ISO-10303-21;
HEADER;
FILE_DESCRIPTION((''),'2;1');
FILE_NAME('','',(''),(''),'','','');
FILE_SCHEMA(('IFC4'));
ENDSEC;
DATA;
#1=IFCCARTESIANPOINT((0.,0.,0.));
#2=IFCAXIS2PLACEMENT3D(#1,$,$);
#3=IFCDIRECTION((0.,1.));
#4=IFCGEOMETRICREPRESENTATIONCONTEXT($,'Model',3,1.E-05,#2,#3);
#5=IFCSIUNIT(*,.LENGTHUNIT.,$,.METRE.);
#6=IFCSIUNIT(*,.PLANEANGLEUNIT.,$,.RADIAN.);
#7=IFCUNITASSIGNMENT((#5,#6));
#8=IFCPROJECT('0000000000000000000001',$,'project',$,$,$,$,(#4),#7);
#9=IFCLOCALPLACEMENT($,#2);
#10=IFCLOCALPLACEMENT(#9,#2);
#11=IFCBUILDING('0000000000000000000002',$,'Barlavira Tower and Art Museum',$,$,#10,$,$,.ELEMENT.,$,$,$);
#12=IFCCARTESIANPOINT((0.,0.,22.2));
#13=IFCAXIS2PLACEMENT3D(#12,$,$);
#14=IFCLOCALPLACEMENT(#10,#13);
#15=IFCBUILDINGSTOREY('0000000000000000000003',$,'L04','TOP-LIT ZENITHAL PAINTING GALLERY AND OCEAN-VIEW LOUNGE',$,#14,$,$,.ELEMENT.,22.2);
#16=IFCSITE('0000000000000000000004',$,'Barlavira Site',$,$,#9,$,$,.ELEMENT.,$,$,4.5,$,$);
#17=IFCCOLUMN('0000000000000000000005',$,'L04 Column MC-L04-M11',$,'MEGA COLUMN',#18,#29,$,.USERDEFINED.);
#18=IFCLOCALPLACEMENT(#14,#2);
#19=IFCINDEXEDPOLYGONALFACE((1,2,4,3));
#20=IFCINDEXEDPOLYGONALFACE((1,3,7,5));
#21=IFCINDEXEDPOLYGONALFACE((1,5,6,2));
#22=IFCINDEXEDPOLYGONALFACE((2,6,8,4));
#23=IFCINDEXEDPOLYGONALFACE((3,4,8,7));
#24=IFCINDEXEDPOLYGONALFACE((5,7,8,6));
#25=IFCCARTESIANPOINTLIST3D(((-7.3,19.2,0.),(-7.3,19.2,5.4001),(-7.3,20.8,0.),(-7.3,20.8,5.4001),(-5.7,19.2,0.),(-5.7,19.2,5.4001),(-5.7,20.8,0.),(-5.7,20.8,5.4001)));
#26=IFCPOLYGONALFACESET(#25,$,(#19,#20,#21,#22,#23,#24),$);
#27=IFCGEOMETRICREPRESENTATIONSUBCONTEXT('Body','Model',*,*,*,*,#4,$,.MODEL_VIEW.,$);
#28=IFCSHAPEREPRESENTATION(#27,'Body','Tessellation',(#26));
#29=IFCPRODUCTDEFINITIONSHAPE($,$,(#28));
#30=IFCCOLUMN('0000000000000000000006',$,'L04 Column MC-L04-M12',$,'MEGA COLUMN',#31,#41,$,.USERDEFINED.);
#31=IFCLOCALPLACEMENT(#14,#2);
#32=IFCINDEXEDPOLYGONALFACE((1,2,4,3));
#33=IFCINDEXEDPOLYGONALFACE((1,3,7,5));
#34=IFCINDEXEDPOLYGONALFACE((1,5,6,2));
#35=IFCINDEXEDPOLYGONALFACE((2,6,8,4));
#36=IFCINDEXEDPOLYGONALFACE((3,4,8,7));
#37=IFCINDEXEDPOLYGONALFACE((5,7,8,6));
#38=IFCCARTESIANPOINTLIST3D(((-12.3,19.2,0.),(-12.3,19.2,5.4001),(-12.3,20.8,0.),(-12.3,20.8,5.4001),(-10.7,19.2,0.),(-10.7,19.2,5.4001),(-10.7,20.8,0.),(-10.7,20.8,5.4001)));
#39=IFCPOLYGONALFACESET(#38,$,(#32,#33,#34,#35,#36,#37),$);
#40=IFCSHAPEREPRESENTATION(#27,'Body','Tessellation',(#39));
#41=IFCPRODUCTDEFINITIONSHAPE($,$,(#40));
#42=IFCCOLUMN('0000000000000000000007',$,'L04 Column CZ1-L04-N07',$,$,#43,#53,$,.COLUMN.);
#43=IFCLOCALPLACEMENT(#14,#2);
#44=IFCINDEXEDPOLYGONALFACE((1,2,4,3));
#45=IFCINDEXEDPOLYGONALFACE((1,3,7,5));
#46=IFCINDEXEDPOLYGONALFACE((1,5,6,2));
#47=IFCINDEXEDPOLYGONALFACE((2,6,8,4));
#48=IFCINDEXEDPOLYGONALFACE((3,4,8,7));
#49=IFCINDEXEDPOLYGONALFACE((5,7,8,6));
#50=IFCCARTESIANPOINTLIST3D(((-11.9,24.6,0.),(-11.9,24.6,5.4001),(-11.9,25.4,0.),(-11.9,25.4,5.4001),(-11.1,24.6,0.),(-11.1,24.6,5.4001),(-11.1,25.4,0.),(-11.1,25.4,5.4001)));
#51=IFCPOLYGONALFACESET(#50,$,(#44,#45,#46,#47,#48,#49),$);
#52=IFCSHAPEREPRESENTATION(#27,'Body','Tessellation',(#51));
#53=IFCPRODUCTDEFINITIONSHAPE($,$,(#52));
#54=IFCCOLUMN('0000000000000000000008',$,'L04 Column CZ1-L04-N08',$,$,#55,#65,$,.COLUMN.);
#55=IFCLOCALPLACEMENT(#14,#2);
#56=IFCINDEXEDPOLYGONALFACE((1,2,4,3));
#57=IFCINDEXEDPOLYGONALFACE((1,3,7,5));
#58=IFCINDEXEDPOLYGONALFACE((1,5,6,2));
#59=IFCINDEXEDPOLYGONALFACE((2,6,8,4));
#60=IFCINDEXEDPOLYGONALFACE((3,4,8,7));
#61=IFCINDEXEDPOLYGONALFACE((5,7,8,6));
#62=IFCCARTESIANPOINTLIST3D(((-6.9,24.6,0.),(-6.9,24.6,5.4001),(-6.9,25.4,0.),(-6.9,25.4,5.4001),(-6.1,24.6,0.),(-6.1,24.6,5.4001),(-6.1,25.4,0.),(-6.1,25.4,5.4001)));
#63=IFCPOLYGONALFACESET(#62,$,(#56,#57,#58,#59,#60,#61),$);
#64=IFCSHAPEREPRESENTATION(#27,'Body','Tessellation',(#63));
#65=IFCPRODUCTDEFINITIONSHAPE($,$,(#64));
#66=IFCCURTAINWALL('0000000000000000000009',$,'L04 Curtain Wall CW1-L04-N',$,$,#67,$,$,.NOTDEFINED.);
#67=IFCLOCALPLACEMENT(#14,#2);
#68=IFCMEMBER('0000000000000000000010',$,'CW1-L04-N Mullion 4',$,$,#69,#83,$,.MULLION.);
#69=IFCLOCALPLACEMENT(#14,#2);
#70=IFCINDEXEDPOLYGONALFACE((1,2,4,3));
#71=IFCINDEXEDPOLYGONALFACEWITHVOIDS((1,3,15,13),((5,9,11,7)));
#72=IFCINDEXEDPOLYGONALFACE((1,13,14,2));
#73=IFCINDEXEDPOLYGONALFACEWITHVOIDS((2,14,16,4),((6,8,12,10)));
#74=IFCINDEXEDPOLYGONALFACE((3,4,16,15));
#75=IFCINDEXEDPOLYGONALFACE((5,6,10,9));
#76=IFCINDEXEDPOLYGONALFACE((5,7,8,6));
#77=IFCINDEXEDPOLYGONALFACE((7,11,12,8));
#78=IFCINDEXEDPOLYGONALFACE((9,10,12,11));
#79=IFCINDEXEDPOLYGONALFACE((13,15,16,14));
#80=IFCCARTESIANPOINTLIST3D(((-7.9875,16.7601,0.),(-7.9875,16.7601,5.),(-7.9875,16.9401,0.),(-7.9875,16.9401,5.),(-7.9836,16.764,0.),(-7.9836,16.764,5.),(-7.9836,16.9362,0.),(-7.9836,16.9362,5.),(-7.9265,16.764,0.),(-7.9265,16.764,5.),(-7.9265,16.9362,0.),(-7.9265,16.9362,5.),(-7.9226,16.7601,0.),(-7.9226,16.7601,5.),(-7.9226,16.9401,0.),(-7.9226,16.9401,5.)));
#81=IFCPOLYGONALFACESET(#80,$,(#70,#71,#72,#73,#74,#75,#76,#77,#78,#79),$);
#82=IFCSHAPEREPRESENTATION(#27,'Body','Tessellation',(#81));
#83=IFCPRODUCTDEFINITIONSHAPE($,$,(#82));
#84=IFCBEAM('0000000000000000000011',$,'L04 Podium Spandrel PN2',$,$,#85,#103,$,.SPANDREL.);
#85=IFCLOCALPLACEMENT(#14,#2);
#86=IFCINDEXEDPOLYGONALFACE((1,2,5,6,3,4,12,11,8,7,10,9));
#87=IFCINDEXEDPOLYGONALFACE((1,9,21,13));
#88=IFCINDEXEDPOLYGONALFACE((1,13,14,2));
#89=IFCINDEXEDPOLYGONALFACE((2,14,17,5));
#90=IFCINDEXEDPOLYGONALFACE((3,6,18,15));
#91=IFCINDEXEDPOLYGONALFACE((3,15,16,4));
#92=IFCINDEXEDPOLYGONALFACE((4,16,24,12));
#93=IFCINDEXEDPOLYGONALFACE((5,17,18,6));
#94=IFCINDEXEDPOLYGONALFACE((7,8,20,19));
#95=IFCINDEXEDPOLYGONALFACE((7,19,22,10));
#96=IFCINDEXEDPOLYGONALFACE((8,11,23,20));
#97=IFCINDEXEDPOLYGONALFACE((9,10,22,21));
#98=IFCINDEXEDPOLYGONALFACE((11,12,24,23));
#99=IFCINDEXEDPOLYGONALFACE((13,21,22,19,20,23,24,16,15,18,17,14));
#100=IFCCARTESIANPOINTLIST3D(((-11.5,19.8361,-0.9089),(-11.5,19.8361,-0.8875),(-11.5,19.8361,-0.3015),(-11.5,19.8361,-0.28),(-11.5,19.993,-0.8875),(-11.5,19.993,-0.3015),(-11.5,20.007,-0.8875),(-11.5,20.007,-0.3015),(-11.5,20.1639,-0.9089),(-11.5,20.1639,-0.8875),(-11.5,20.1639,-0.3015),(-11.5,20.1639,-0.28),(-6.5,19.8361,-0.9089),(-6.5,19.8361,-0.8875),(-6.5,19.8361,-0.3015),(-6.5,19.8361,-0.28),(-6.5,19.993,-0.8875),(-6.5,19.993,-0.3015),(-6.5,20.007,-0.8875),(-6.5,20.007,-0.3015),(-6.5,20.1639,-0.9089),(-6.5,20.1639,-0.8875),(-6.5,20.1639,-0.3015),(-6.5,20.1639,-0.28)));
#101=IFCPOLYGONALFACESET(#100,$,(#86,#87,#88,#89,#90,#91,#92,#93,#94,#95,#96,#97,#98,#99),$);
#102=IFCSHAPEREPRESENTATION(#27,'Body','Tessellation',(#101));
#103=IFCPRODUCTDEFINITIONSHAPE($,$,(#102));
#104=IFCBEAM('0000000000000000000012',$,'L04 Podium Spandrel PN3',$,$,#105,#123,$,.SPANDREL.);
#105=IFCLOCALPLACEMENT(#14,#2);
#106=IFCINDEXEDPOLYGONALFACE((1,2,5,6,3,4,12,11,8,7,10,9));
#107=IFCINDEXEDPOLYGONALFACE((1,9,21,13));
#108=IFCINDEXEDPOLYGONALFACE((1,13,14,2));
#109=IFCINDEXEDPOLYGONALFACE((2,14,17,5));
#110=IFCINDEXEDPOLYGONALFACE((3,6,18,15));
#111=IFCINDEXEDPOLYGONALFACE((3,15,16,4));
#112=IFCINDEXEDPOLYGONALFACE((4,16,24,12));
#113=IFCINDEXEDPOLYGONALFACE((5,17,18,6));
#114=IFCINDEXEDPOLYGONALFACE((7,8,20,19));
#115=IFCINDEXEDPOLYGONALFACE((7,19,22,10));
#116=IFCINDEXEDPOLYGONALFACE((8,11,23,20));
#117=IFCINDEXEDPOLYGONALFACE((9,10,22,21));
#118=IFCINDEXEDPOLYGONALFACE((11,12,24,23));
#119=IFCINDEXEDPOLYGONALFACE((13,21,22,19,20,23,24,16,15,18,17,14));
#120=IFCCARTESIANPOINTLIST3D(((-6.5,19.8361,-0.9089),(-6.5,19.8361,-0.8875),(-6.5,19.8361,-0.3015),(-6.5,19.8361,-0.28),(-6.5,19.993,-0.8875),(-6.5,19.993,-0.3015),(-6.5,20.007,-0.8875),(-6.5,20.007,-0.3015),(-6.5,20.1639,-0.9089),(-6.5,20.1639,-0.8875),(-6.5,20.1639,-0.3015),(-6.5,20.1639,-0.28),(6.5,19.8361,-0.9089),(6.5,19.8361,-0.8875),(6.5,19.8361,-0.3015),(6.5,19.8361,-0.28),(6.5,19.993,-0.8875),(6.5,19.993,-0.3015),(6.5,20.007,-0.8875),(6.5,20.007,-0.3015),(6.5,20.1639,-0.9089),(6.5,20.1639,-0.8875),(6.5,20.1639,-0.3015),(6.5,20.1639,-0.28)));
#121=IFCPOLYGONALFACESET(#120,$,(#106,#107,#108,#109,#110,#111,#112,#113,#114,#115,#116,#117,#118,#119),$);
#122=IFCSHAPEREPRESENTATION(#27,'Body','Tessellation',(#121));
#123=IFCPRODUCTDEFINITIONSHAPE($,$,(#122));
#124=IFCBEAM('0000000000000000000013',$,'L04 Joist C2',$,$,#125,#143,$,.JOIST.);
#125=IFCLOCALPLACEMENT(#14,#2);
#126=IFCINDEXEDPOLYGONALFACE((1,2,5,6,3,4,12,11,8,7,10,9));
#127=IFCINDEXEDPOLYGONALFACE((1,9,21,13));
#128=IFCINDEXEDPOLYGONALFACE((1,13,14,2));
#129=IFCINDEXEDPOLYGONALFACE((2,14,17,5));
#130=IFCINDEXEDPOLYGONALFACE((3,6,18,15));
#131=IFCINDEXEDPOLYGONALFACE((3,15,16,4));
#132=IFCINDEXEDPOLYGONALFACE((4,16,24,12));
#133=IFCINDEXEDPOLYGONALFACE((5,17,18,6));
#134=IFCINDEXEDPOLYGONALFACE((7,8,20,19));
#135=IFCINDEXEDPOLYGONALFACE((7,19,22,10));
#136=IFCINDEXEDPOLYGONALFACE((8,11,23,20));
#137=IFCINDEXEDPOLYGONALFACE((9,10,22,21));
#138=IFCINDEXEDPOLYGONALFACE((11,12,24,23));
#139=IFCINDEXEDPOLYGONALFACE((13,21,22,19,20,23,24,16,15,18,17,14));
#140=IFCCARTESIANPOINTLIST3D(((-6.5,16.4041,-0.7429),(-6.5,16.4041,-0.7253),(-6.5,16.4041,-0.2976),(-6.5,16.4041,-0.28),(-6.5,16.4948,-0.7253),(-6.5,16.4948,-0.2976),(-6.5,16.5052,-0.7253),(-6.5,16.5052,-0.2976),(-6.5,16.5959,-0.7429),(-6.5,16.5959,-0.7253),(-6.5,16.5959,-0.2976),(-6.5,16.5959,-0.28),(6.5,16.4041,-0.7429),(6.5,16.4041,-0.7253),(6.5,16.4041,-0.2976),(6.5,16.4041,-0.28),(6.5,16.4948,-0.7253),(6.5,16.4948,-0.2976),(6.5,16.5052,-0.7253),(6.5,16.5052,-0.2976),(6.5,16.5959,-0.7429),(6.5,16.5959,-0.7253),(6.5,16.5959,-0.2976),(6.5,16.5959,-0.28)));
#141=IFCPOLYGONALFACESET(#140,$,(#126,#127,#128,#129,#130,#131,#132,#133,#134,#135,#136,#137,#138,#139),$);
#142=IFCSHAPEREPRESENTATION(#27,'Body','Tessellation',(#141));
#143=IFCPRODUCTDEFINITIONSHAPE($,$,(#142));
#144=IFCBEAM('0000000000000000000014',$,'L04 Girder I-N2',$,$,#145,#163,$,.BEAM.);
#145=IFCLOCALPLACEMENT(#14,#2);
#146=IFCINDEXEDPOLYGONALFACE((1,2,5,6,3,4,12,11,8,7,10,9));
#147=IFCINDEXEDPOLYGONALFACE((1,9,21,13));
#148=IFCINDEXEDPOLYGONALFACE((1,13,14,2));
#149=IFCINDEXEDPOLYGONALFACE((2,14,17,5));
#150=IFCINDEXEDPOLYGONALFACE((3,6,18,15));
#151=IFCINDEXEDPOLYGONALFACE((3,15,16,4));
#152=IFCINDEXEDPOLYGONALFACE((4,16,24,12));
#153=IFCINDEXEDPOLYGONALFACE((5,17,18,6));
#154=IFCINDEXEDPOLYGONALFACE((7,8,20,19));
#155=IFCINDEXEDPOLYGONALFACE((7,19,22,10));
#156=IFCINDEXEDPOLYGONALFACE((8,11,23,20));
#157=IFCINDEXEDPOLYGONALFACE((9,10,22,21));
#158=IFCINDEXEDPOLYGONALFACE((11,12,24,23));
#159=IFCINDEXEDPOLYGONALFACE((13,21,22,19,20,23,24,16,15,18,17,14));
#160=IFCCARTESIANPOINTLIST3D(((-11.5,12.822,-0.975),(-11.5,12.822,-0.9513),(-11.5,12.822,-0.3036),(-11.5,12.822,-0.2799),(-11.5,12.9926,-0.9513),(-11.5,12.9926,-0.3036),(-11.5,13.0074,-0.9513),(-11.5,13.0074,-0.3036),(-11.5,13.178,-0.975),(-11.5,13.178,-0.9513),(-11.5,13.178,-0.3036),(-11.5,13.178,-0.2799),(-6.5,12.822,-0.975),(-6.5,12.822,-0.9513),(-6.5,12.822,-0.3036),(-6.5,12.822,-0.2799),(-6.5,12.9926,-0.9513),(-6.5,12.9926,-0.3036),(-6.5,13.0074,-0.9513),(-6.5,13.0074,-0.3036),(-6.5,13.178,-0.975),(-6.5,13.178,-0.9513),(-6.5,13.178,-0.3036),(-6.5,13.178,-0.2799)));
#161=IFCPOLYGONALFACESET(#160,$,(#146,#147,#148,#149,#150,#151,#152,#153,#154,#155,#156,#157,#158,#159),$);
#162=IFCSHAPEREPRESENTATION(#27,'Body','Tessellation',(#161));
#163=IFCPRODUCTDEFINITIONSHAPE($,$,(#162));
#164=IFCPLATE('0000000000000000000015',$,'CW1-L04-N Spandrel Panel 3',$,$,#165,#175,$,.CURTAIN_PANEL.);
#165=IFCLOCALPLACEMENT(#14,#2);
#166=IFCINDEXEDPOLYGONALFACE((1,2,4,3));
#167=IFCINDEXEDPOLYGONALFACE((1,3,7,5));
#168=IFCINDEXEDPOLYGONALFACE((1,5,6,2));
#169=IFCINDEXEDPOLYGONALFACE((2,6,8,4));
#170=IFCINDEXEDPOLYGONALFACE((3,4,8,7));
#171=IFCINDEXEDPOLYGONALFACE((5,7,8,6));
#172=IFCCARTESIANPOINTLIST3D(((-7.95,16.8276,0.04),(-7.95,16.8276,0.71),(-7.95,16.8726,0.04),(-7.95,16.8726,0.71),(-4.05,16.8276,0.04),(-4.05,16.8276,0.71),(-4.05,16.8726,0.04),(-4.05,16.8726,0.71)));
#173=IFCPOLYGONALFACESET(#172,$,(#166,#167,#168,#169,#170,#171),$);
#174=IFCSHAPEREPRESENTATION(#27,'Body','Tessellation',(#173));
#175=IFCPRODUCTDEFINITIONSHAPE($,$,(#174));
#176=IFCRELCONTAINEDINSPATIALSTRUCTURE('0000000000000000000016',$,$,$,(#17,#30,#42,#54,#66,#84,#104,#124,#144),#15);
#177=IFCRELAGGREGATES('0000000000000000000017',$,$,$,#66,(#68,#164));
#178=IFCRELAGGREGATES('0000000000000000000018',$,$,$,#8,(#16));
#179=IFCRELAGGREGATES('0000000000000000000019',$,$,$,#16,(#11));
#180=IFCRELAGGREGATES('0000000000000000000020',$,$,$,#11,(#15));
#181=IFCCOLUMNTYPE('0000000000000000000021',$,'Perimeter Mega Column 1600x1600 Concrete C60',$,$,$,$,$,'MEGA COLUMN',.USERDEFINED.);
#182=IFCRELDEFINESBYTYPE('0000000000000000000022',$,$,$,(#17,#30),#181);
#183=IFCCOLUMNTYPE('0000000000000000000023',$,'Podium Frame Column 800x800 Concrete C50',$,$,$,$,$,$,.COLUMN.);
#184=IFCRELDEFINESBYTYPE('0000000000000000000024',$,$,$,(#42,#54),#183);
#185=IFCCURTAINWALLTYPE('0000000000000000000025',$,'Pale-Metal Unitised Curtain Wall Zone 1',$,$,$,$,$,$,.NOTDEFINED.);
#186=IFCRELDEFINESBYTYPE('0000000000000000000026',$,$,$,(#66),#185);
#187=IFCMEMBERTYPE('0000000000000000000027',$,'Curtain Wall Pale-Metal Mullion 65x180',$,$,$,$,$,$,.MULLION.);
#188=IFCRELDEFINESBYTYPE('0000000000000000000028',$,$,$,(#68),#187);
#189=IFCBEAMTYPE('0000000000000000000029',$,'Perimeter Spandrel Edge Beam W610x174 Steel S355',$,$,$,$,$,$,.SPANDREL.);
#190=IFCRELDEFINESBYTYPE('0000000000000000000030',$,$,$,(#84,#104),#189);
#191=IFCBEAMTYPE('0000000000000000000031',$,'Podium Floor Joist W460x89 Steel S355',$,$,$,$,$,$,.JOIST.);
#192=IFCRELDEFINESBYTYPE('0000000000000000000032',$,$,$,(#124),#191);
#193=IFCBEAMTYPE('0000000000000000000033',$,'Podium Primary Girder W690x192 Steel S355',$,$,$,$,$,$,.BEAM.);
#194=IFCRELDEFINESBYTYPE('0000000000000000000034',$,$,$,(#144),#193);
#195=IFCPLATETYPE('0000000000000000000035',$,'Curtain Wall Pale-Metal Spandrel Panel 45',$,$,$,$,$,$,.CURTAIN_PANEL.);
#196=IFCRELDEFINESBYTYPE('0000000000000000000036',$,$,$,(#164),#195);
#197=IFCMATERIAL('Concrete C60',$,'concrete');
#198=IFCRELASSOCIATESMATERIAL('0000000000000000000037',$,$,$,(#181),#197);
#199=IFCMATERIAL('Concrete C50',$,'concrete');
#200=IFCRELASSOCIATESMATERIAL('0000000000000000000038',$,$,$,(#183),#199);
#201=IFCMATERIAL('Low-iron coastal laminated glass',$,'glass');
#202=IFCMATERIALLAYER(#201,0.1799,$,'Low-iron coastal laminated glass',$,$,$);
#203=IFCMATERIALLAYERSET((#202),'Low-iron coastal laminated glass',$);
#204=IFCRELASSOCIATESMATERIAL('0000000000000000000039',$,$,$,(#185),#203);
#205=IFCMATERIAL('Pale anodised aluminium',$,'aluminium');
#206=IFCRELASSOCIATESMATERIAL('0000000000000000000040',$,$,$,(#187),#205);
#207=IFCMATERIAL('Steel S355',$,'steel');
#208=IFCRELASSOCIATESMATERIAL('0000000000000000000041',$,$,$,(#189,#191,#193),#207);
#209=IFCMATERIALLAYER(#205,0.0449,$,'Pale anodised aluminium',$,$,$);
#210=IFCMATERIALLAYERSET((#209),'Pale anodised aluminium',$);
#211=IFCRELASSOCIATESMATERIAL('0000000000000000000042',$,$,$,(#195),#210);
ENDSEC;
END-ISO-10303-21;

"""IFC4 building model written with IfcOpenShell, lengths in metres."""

from ifc_helpers import new_model, si_unit, direction, frame, origin, origin_2d, place, context, subcontext, project, spatial, rectangle, hollow_rectangle, i_section, extrude, material, layer, layer_set, material_profile, profile_set, type_object, element, aggregate, save


model = new_model("IFC4")

# Units and contexts
model_context = context("Model", 3, precision=1e-05, world=origin(), true_north=direction((0.0, 1.0)))
body_context = subcontext(model_context, "Body", "Model", "MODEL_VIEW")
ifc_project = project(units=[si_unit("LENGTHUNIT", "METRE"), si_unit("PLANEANGLEUNIT", "RADIAN")], contexts=[model_context])

# Site, building, storey
site_placement = place(None, origin())
site = spatial("IfcSite", under=ifc_project, at=site_placement, Name="Barlavira Site", CompositionType="ELEMENT", RefElevation=4.5)
building_placement = place(site_placement, origin())
building = spatial("IfcBuilding", under=site, at=building_placement, Name="Barlavira Tower and Art Museum", CompositionType="ELEMENT")
storey_placement = place(building_placement, frame((0.0, 0.0, 22.2)))
storey = spatial("IfcBuildingStorey", under=building, at=storey_placement, Name="L04", Description="TOP-LIT ZENITHAL PAINTING GALLERY AND OCEAN-VIEW LOUNGE", CompositionType="ELEMENT", Elevation=22.2)

# Columns
ifc_material_1 = material(Name="Concrete C60", Category="concrete")
ifc_material_profile_1 = material_profile(ifc_material_1, rectangle(XDim=1.6001, YDim=1.6001, at=origin_2d()), Name="RC-MCOL 1600x1600")
ifc_profile_set_1 = profile_set([ifc_material_profile_1], Name="Concrete C60")
column_type_1 = type_object("IfcColumnType", Name="Perimeter Mega Column 1600x1600 Concrete C60", ElementType="MEGA COLUMN", PredefinedType="USERDEFINED", material=ifc_profile_set_1)
for number, where, z_axis, x_axis, name in (
    (1, (-6.5, 20.0, 0.0), (0.0, 0.0, 1.0), (1.0, 0.0, 0.0), "L04 Column MC-L04-M11"),
    (2, (-11.5, 20.0, 0.0), (0.0, 0.0, 1.0), (1.0, 0.0, 0.0), "L04 Column MC-L04-M12"),
):
    element("IfcColumn", number, at=place(storey_placement, frame(where, z_axis=z_axis, x_axis=x_axis)), inside=storey, type_object=column_type_1, Name=name, ObjectType="MEGA COLUMN", PredefinedType="USERDEFINED", context=body_context, shape_type="SweptSolid", body=[
        extrude(rectangle(XDim=1.6001, YDim=1.6001, at=origin_2d()), origin(), (0.0, 0.0, 1.0), 5.4001),
    ])
ifc_material_2 = material(Name="Concrete C50", Category="concrete")
ifc_material_profile_2 = material_profile(ifc_material_2, rectangle(XDim=0.8, YDim=0.8, at=origin_2d()), Name="RC-COL 800x800")
ifc_profile_set_2 = profile_set([ifc_material_profile_2], Name="Concrete C50")
column_type_2 = type_object("IfcColumnType", Name="Podium Frame Column 800x800 Concrete C50", PredefinedType="COLUMN", material=ifc_profile_set_2)
for number, where, z_axis, x_axis, name in (
    (3, (-11.5, 25.0, 0.0), (0.0, 0.0, 1.0), (1.0, 0.0, 0.0), "L04 Column CZ1-L04-N07"),
    (4, (-6.5, 25.0, 0.0), (0.0, 0.0, 1.0), (1.0, 0.0, 0.0), "L04 Column CZ1-L04-N08"),
):
    element("IfcColumn", number, at=place(storey_placement, frame(where, z_axis=z_axis, x_axis=x_axis)), inside=storey, type_object=column_type_2, Name=name, PredefinedType="COLUMN", context=body_context, shape_type="SweptSolid", body=[
        extrude(rectangle(XDim=0.8, YDim=0.8, at=origin_2d()), origin(), (0.0, 0.0, 1.0), 5.4001),
    ])

# Curtain wall, member
ifc_material_3 = material(Name="Low-iron coastal laminated glass", Category="glass")
ifc_layer_1 = layer(ifc_material_3, 0.1799, Name="Low-iron coastal laminated glass")
ifc_layer_set_1 = layer_set([ifc_layer_1], Name="Low-iron coastal laminated glass")
curtain_wall_type = type_object("IfcCurtainWallType", Name="Pale-Metal Unitised Curtain Wall Zone 1", PredefinedType="NOTDEFINED", material=ifc_layer_set_1)
curtain_wall_placement = place(storey_placement, origin())
curtain_wall = element("IfcCurtainWall", 5, at=curtain_wall_placement, inside=storey, type_object=curtain_wall_type, Name="L04 Curtain Wall CW1-L04-N", PredefinedType="NOTDEFINED")
ifc_material_4 = material(Name="Pale anodised aluminium", Category="aluminium")
ifc_material_profile_3 = material_profile(ifc_material_4, hollow_rectangle(XDim=0.0649, YDim=0.1799, WallThickness=0.0039, at=origin_2d()), Name="ALU-MULL 65x180x4")
ifc_profile_set_3 = profile_set([ifc_material_profile_3], Name="Pale anodised aluminium")
member_type = type_object("IfcMemberType", Name="Curtain Wall Pale-Metal Mullion 65x180", PredefinedType="MULLION", material=ifc_profile_set_3)
member_placement = place(storey_placement, frame((-7.9551, 16.8501, 0.0), z_axis=(0.0, 0.0, 1.0), x_axis=(-1.0, 0.0, 0.0)))
member = element("IfcMember", 6, at=member_placement, type_object=member_type, Name="CW1-L04-N Mullion 4", PredefinedType="MULLION", context=body_context, shape_type="SweptSolid", body=[
    extrude(hollow_rectangle(XDim=0.0649, YDim=0.1799, WallThickness=0.0039, at=origin_2d()), origin(), (0.0, 0.0, 1.0), 5.0),
])

# Beams
ifc_material_5 = material(Name="Steel S355", Category="steel")
ifc_material_profile_4 = material_profile(ifc_material_5, i_section(OverallWidth=0.3279, OverallDepth=0.6289, WebThickness=0.0139, FlangeThickness=0.0215, at=origin_2d()), Name="W610x174.0")
ifc_profile_set_4 = profile_set([ifc_material_profile_4], Name="Steel S355")
beam_type_1 = type_object("IfcBeamType", Name="Perimeter Spandrel Edge Beam W610x174 Steel S355", PredefinedType="SPANDREL", material=ifc_profile_set_4)
beam_1_placement = place(storey_placement, frame((-11.5, 20.0, -0.5945), z_axis=(1.0, 0.0, 0.0), x_axis=(0.0, 1.0, 0.0)))
element("IfcBeam", 7, at=beam_1_placement, inside=storey, type_object=beam_type_1, Name="L04 Podium Spandrel PN2", PredefinedType="SPANDREL", context=body_context, shape_type="SweptSolid", body=[
    extrude(i_section(OverallWidth=0.3279, OverallDepth=0.6289, WebThickness=0.0139, FlangeThickness=0.0215, at=origin_2d()), origin(), (0.0, 0.0, 1.0), 5.0),
])
beam_2_placement = place(storey_placement, frame((-6.5, 20.0, -0.5945), z_axis=(1.0, 0.0, 0.0), x_axis=(0.0, 1.0, 0.0)))
element("IfcBeam", 8, at=beam_2_placement, inside=storey, type_object=beam_type_1, Name="L04 Podium Spandrel PN3", PredefinedType="SPANDREL", context=body_context, shape_type="SweptSolid", body=[
    extrude(i_section(OverallWidth=0.3279, OverallDepth=0.6289, WebThickness=0.0139, FlangeThickness=0.0215, at=origin_2d()), origin(), (0.0, 0.0, 1.0), 13.0),
])
ifc_material_profile_5 = material_profile(ifc_material_5, i_section(OverallWidth=0.1919, OverallDepth=0.4629, WebThickness=0.0105, FlangeThickness=0.0176, at=origin_2d()), Name="W460x89.0")
ifc_profile_set_5 = profile_set([ifc_material_profile_5], Name="Steel S355")
beam_type_2 = type_object("IfcBeamType", Name="Podium Floor Joist W460x89 Steel S355", PredefinedType="JOIST", material=ifc_profile_set_5)
beam_3_placement = place(storey_placement, frame((-6.5, 16.5, -0.5115), z_axis=(1.0, 0.0, 0.0), x_axis=(0.0, 1.0, 0.0)))
element("IfcBeam", 9, at=beam_3_placement, inside=storey, type_object=beam_type_2, Name="L04 Joist C2", PredefinedType="JOIST", context=body_context, shape_type="SweptSolid", body=[
    extrude(i_section(OverallWidth=0.1919, OverallDepth=0.4629, WebThickness=0.0105, FlangeThickness=0.0176, at=origin_2d()), origin(), (0.0, 0.0, 1.0), 13.0),
])
ifc_material_profile_6 = material_profile(ifc_material_5, i_section(OverallWidth=0.356, OverallDepth=0.6951, WebThickness=0.0149, FlangeThickness=0.0237, at=origin_2d()), Name="W690x192.0")
ifc_profile_set_6 = profile_set([ifc_material_profile_6], Name="Steel S355")
beam_type_3 = type_object("IfcBeamType", Name="Podium Primary Girder W690x192 Steel S355", PredefinedType="BEAM", material=ifc_profile_set_6)
beam_4_placement = place(storey_placement, frame((-11.5, 13.0, -0.6274), z_axis=(1.0, 0.0, 0.0), x_axis=(0.0, 1.0, 0.0)))
element("IfcBeam", 10, at=beam_4_placement, inside=storey, type_object=beam_type_3, Name="L04 Girder I-N2", PredefinedType="BEAM", context=body_context, shape_type="SweptSolid", body=[
    extrude(i_section(OverallWidth=0.356, OverallDepth=0.6951, WebThickness=0.0149, FlangeThickness=0.0237, at=origin_2d()), origin(), (0.0, 0.0, 1.0), 5.0),
])

# Plate
ifc_layer_2 = layer(ifc_material_4, 0.0449, Name="Pale anodised aluminium")
ifc_layer_set_2 = layer_set([ifc_layer_2], Name="Pale anodised aluminium")
plate_type_1 = type_object("IfcPlateType", Name="Curtain Wall Pale-Metal Spandrel Panel 45", PredefinedType="CURTAIN_PANEL", material=ifc_layer_set_2)
plate_1_placement = place(storey_placement, frame((-6.0, 16.8501, 0.04), z_axis=(0.0, 0.0, 1.0), x_axis=(-1.0, 0.0, 0.0)))
plate_1 = element("IfcPlate", 11, at=plate_1_placement, type_object=plate_type_1, Name="CW1-L04-N Spandrel Panel 3", PredefinedType="CURTAIN_PANEL", context=body_context, shape_type="SweptSolid", body=[
    extrude(rectangle(XDim=3.8999, YDim=0.0449, at=origin_2d()), origin(), (0.0, 0.0, 1.0), 0.6699),
])
aggregate(curtain_wall, [member, plate_1])

save(model, "model.ifc")
